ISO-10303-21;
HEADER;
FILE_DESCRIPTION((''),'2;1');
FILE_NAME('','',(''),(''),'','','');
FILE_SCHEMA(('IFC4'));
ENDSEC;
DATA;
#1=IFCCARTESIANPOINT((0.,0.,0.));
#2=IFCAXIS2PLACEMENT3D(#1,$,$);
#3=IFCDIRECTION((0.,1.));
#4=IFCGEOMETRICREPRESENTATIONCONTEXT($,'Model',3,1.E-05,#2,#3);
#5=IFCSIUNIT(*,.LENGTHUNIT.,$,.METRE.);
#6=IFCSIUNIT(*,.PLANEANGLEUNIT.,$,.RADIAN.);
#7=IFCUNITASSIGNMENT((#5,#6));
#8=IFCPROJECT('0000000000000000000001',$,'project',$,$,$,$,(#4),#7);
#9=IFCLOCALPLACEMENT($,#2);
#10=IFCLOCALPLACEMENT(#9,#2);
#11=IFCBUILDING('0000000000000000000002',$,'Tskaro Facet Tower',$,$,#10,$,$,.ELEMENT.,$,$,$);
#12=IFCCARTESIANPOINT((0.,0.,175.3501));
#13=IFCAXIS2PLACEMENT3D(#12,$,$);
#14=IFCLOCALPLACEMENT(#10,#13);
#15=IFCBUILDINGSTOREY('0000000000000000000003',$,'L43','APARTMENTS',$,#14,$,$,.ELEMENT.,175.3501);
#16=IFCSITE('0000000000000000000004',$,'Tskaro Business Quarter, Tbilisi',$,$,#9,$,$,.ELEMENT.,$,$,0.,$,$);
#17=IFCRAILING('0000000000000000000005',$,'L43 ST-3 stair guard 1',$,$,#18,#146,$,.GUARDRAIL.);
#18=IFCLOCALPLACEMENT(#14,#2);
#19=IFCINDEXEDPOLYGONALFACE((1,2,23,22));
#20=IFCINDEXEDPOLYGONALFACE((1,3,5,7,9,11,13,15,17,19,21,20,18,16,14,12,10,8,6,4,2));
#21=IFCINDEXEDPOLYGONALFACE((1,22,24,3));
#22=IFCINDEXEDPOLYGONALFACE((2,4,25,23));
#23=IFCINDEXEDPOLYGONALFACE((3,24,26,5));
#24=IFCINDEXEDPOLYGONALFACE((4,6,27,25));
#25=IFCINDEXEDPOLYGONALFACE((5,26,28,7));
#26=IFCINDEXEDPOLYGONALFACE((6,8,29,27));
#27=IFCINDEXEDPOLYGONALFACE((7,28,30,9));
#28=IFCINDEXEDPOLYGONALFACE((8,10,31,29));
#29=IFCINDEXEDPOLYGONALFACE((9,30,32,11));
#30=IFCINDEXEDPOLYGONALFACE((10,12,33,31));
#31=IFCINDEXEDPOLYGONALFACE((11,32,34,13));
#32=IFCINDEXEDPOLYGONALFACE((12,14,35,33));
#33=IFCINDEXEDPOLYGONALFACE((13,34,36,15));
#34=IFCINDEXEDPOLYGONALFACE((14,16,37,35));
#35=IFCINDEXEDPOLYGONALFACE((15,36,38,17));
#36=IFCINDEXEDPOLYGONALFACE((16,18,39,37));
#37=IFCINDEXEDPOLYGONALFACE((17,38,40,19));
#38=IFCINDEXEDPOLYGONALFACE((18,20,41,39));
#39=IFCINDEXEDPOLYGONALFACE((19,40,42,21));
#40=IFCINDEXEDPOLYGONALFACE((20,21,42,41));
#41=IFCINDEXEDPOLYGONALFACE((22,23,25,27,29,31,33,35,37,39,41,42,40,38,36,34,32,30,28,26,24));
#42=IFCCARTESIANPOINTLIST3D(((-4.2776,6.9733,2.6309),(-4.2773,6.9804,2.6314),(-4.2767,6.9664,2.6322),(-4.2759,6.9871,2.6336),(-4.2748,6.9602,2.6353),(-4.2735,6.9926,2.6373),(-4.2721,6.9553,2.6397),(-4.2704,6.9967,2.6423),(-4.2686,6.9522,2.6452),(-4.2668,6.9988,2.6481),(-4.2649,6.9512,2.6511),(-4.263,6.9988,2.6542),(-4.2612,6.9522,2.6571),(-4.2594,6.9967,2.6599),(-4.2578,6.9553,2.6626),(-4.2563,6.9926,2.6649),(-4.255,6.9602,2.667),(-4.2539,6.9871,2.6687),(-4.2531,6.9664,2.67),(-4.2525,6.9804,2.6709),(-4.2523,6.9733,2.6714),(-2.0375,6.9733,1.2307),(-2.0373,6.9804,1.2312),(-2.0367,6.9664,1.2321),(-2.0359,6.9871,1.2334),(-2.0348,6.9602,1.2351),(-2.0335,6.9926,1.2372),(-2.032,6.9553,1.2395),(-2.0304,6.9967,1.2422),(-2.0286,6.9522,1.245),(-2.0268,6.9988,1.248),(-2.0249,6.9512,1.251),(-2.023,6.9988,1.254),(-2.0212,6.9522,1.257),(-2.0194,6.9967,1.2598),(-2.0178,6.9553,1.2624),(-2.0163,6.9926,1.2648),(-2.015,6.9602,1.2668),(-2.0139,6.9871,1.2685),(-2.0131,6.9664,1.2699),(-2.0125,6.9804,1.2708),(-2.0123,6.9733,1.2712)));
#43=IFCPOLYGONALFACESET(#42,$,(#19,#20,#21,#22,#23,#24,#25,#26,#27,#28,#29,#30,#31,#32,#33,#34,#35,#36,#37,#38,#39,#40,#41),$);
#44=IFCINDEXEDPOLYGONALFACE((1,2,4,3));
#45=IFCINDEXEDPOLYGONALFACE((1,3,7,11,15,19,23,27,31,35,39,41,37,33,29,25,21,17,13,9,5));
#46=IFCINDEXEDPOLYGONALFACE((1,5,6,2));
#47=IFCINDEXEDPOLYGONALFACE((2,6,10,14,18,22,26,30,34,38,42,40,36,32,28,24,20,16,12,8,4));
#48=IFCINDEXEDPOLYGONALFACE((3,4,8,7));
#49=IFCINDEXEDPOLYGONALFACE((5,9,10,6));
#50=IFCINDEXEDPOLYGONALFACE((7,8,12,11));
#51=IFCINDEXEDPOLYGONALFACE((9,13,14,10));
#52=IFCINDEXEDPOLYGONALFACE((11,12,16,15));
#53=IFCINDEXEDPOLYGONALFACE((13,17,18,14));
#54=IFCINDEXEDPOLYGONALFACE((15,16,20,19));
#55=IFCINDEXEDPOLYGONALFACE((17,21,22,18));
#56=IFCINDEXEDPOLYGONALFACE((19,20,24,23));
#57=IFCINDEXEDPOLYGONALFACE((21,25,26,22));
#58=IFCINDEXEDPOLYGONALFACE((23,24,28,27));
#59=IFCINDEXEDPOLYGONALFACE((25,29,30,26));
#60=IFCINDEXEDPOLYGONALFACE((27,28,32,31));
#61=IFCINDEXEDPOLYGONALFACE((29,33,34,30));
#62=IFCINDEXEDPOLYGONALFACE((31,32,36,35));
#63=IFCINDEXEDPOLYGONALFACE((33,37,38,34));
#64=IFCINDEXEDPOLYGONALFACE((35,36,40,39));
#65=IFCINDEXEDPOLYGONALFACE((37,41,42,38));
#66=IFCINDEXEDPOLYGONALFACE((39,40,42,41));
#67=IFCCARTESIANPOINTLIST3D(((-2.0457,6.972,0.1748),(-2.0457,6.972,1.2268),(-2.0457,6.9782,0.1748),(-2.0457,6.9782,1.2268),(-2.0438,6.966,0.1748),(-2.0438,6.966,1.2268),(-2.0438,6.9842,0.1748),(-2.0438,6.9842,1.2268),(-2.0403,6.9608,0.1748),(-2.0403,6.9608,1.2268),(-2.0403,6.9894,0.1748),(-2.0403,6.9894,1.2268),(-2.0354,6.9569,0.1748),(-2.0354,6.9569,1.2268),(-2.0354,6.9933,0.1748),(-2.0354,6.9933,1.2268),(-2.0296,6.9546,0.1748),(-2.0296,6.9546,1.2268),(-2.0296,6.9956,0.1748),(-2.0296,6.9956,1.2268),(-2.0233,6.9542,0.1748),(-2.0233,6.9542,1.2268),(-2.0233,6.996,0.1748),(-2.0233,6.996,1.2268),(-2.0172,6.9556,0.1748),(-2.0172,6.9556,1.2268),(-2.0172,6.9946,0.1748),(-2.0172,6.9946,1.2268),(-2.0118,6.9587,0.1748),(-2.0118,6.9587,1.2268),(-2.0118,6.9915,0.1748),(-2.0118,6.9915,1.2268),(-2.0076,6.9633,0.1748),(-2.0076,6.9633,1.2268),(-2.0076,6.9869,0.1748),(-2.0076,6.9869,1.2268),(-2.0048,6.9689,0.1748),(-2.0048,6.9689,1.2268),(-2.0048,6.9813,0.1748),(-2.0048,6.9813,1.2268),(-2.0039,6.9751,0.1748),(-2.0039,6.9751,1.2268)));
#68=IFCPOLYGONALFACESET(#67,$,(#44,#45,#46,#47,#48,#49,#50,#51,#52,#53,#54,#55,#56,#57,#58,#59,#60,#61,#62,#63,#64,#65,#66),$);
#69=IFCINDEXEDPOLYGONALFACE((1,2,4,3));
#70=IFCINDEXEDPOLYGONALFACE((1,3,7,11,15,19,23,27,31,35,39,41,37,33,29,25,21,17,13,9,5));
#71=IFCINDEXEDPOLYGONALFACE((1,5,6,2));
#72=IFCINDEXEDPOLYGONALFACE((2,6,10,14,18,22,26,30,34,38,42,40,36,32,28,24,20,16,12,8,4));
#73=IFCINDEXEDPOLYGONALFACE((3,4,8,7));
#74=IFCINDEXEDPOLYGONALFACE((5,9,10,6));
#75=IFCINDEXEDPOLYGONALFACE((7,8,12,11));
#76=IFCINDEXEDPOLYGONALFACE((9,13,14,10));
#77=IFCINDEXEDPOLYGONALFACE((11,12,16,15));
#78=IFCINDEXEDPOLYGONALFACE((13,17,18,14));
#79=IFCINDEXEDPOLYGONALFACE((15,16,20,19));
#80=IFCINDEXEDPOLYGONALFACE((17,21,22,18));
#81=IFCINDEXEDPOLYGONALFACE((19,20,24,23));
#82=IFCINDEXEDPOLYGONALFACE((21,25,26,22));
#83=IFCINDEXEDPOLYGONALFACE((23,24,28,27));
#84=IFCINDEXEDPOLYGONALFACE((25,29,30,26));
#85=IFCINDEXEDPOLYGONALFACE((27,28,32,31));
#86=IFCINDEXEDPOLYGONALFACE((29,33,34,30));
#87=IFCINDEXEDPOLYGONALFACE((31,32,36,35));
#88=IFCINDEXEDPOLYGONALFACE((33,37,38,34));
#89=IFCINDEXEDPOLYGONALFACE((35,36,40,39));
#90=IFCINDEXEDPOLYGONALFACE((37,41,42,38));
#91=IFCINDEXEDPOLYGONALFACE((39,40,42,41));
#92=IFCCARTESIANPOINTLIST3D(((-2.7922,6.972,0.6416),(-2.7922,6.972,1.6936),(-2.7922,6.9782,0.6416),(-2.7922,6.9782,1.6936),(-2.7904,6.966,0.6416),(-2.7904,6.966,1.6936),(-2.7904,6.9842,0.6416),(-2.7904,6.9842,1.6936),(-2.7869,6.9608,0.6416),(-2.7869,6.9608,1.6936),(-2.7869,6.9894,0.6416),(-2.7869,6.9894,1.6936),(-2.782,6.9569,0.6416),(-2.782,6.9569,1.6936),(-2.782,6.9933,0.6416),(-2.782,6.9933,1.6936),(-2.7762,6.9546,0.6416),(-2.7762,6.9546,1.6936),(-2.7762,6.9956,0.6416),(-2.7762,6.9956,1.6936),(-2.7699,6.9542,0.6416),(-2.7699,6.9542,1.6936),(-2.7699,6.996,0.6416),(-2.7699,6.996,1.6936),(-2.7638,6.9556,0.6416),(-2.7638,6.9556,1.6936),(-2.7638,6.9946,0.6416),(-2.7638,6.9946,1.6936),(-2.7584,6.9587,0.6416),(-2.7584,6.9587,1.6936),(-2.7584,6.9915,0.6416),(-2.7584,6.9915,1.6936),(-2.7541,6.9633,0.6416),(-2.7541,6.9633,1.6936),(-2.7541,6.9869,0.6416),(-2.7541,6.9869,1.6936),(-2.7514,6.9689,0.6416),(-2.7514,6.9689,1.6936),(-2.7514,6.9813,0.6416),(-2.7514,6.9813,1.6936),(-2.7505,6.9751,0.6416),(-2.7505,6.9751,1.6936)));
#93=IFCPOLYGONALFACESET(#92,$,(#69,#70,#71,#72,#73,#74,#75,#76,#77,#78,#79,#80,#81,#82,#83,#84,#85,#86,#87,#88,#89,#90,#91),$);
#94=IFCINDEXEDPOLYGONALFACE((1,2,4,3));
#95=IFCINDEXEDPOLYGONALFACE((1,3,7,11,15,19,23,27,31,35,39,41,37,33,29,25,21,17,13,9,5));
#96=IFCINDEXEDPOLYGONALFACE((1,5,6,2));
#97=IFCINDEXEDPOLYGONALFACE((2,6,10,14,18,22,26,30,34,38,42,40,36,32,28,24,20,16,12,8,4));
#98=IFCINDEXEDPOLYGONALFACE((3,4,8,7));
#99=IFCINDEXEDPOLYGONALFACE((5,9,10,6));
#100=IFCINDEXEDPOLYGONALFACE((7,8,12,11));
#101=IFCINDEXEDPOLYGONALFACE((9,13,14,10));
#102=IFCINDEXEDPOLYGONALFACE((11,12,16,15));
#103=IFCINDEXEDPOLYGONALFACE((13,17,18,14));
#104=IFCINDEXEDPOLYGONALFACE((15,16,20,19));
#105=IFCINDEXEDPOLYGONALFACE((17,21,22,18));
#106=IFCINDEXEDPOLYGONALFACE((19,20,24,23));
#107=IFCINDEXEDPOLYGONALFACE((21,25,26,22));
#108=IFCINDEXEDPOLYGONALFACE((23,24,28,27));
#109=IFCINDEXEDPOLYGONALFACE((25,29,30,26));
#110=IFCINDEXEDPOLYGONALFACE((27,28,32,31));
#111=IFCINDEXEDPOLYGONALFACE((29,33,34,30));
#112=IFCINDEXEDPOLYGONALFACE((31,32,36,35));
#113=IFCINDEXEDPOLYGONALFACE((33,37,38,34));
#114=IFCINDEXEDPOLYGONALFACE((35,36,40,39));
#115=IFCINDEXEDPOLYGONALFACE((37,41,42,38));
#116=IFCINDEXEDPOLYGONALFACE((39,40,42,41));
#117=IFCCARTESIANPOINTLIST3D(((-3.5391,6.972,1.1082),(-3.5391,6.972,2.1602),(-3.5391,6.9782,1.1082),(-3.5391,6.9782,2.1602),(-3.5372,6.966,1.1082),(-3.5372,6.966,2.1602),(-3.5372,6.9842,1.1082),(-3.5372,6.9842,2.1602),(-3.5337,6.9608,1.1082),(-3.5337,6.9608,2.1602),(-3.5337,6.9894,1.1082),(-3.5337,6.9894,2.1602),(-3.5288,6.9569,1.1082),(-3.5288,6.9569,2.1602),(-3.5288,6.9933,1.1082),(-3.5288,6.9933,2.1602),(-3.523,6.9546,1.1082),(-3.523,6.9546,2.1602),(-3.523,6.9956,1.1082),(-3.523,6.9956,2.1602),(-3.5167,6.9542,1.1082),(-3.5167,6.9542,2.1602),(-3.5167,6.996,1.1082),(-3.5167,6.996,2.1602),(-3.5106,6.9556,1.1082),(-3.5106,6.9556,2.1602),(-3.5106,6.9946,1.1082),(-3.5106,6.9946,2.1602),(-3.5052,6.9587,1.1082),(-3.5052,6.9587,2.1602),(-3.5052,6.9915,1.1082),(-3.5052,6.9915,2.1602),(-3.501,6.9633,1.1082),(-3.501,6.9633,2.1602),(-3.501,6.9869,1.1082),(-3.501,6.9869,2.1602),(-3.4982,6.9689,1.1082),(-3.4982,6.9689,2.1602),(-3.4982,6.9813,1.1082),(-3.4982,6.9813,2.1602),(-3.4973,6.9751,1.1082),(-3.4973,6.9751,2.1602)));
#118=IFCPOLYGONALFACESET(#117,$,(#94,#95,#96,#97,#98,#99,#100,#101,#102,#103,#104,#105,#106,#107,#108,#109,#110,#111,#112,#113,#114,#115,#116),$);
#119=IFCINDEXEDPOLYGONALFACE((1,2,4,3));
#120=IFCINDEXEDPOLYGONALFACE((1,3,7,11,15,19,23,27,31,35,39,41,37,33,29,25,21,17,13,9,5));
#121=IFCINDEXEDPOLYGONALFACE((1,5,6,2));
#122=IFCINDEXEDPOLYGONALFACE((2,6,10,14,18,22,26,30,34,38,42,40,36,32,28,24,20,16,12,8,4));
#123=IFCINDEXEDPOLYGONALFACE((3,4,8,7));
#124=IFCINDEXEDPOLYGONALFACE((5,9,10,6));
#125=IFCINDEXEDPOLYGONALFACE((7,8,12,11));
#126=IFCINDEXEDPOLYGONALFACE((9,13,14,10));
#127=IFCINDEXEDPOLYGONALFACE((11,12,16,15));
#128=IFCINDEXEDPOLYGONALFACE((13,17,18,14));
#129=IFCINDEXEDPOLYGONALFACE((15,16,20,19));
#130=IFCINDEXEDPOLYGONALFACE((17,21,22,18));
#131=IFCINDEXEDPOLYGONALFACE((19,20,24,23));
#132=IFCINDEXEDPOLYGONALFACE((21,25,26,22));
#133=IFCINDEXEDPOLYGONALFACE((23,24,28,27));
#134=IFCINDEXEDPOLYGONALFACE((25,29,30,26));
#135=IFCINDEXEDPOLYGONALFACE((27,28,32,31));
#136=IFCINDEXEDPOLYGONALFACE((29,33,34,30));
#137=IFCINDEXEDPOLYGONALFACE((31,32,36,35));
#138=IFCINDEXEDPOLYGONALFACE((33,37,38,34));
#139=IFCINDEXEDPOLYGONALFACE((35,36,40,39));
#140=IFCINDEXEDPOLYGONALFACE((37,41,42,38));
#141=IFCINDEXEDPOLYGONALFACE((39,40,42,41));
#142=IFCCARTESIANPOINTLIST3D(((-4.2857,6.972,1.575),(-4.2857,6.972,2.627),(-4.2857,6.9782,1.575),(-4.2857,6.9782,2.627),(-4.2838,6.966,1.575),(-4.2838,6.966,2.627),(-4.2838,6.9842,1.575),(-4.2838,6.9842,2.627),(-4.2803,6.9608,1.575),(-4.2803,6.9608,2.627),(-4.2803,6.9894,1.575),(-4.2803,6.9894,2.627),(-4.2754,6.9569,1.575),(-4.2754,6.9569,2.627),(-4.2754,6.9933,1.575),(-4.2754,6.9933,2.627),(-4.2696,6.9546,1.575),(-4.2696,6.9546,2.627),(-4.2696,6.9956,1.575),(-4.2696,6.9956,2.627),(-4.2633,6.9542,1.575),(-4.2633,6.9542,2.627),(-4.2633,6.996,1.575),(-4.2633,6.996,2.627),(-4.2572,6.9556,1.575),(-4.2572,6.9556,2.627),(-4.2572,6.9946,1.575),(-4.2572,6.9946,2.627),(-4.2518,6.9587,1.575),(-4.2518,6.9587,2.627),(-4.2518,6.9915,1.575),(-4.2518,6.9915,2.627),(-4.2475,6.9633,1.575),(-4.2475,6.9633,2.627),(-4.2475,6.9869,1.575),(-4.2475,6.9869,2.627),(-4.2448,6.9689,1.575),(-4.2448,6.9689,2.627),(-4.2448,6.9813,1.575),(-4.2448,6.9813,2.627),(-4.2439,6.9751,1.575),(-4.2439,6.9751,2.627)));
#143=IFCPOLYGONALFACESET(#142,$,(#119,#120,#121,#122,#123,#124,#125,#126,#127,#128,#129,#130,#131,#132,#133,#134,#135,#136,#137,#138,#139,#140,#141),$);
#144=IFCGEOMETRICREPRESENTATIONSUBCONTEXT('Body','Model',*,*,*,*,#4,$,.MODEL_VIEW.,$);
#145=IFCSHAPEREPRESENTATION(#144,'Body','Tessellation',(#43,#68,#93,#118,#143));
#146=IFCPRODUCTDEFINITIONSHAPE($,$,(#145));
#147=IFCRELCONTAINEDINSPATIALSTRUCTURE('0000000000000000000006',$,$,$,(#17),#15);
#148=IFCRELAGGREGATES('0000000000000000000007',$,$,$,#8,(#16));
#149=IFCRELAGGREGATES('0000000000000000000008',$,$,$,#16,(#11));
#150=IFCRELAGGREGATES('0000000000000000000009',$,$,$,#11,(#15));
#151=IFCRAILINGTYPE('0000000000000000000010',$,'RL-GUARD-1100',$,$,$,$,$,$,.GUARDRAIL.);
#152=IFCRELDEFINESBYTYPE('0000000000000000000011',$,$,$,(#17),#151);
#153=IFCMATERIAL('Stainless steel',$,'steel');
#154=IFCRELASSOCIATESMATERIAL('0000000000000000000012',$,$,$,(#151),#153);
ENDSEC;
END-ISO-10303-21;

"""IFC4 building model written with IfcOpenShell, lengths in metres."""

from ifc_helpers import new_model, si_unit, direction, frame, origin, origin_2d, place, context, subcontext, project, spatial, circle, extrude, material, type_object, element, save


model = new_model("IFC4")

# Units and contexts
model_context = context("Model", 3, precision=1e-05, world=origin(), true_north=direction((0.0, 1.0)))
body_context = subcontext(model_context, "Body", "Model", "MODEL_VIEW")
ifc_project = project(units=[si_unit("LENGTHUNIT", "METRE"), si_unit("PLANEANGLEUNIT", "RADIAN")], contexts=[model_context])

# Site, building, storey
site_placement = place(None, origin())
site = spatial("IfcSite", under=ifc_project, at=site_placement, Name="Tskaro Business Quarter, Tbilisi", CompositionType="ELEMENT", RefElevation=0.0)
building_placement = place(site_placement, origin())
building = spatial("IfcBuilding", under=site, at=building_placement, Name="Tskaro Facet Tower", CompositionType="ELEMENT")
storey_placement = place(building_placement, frame((0.0, 0.0, 175.3501)))
storey = spatial("IfcBuildingStorey", under=building, at=storey_placement, Name="L43", Description="APARTMENTS", CompositionType="ELEMENT", Elevation=175.3501)

# Railing
ifc_material_1 = material(Name="Stainless steel", Category="steel")
railing_type_1 = type_object("IfcRailingType", Name="RL-GUARD-1100", PredefinedType="GUARDRAIL", material=ifc_material_1)
railing_1_placement = place(storey_placement, frame((-2.0249, 6.9751, 0.1748)))
element("IfcRailing", 1, at=railing_1_placement, inside=storey, type_object=railing_type_1, Name="L43 ST-3 stair guard 1", PredefinedType="GUARDRAIL", context=body_context, shape_type="SweptSolid", body=[
    extrude(circle(Radius=0.0239, at=origin_2d()), frame((0.0, 0.0, 1.0762), z_axis=(-0.847972, 0.0, 0.53004), x_axis=(0.0, -1.0, 0.0)), (0.0, 0.0, 1.0), 2.6416),
    extrude(circle(Radius=0.021, at=origin_2d()), origin(), (0.0, 0.0, 1.0), 1.052),
    extrude(circle(Radius=0.021, at=origin_2d()), frame((-0.7466, 0.0, 0.4668)), (0.0, 0.0, 1.0), 1.052),
    extrude(circle(Radius=0.021, at=origin_2d()), frame((-1.4934, 0.0, 0.9333)), (0.0, 0.0, 1.0), 1.052),
    extrude(circle(Radius=0.021, at=origin_2d()), frame((-2.24, 0.0, 1.4001)), (0.0, 0.0, 1.0), 1.052),
])

save(model, "model.ifc")
